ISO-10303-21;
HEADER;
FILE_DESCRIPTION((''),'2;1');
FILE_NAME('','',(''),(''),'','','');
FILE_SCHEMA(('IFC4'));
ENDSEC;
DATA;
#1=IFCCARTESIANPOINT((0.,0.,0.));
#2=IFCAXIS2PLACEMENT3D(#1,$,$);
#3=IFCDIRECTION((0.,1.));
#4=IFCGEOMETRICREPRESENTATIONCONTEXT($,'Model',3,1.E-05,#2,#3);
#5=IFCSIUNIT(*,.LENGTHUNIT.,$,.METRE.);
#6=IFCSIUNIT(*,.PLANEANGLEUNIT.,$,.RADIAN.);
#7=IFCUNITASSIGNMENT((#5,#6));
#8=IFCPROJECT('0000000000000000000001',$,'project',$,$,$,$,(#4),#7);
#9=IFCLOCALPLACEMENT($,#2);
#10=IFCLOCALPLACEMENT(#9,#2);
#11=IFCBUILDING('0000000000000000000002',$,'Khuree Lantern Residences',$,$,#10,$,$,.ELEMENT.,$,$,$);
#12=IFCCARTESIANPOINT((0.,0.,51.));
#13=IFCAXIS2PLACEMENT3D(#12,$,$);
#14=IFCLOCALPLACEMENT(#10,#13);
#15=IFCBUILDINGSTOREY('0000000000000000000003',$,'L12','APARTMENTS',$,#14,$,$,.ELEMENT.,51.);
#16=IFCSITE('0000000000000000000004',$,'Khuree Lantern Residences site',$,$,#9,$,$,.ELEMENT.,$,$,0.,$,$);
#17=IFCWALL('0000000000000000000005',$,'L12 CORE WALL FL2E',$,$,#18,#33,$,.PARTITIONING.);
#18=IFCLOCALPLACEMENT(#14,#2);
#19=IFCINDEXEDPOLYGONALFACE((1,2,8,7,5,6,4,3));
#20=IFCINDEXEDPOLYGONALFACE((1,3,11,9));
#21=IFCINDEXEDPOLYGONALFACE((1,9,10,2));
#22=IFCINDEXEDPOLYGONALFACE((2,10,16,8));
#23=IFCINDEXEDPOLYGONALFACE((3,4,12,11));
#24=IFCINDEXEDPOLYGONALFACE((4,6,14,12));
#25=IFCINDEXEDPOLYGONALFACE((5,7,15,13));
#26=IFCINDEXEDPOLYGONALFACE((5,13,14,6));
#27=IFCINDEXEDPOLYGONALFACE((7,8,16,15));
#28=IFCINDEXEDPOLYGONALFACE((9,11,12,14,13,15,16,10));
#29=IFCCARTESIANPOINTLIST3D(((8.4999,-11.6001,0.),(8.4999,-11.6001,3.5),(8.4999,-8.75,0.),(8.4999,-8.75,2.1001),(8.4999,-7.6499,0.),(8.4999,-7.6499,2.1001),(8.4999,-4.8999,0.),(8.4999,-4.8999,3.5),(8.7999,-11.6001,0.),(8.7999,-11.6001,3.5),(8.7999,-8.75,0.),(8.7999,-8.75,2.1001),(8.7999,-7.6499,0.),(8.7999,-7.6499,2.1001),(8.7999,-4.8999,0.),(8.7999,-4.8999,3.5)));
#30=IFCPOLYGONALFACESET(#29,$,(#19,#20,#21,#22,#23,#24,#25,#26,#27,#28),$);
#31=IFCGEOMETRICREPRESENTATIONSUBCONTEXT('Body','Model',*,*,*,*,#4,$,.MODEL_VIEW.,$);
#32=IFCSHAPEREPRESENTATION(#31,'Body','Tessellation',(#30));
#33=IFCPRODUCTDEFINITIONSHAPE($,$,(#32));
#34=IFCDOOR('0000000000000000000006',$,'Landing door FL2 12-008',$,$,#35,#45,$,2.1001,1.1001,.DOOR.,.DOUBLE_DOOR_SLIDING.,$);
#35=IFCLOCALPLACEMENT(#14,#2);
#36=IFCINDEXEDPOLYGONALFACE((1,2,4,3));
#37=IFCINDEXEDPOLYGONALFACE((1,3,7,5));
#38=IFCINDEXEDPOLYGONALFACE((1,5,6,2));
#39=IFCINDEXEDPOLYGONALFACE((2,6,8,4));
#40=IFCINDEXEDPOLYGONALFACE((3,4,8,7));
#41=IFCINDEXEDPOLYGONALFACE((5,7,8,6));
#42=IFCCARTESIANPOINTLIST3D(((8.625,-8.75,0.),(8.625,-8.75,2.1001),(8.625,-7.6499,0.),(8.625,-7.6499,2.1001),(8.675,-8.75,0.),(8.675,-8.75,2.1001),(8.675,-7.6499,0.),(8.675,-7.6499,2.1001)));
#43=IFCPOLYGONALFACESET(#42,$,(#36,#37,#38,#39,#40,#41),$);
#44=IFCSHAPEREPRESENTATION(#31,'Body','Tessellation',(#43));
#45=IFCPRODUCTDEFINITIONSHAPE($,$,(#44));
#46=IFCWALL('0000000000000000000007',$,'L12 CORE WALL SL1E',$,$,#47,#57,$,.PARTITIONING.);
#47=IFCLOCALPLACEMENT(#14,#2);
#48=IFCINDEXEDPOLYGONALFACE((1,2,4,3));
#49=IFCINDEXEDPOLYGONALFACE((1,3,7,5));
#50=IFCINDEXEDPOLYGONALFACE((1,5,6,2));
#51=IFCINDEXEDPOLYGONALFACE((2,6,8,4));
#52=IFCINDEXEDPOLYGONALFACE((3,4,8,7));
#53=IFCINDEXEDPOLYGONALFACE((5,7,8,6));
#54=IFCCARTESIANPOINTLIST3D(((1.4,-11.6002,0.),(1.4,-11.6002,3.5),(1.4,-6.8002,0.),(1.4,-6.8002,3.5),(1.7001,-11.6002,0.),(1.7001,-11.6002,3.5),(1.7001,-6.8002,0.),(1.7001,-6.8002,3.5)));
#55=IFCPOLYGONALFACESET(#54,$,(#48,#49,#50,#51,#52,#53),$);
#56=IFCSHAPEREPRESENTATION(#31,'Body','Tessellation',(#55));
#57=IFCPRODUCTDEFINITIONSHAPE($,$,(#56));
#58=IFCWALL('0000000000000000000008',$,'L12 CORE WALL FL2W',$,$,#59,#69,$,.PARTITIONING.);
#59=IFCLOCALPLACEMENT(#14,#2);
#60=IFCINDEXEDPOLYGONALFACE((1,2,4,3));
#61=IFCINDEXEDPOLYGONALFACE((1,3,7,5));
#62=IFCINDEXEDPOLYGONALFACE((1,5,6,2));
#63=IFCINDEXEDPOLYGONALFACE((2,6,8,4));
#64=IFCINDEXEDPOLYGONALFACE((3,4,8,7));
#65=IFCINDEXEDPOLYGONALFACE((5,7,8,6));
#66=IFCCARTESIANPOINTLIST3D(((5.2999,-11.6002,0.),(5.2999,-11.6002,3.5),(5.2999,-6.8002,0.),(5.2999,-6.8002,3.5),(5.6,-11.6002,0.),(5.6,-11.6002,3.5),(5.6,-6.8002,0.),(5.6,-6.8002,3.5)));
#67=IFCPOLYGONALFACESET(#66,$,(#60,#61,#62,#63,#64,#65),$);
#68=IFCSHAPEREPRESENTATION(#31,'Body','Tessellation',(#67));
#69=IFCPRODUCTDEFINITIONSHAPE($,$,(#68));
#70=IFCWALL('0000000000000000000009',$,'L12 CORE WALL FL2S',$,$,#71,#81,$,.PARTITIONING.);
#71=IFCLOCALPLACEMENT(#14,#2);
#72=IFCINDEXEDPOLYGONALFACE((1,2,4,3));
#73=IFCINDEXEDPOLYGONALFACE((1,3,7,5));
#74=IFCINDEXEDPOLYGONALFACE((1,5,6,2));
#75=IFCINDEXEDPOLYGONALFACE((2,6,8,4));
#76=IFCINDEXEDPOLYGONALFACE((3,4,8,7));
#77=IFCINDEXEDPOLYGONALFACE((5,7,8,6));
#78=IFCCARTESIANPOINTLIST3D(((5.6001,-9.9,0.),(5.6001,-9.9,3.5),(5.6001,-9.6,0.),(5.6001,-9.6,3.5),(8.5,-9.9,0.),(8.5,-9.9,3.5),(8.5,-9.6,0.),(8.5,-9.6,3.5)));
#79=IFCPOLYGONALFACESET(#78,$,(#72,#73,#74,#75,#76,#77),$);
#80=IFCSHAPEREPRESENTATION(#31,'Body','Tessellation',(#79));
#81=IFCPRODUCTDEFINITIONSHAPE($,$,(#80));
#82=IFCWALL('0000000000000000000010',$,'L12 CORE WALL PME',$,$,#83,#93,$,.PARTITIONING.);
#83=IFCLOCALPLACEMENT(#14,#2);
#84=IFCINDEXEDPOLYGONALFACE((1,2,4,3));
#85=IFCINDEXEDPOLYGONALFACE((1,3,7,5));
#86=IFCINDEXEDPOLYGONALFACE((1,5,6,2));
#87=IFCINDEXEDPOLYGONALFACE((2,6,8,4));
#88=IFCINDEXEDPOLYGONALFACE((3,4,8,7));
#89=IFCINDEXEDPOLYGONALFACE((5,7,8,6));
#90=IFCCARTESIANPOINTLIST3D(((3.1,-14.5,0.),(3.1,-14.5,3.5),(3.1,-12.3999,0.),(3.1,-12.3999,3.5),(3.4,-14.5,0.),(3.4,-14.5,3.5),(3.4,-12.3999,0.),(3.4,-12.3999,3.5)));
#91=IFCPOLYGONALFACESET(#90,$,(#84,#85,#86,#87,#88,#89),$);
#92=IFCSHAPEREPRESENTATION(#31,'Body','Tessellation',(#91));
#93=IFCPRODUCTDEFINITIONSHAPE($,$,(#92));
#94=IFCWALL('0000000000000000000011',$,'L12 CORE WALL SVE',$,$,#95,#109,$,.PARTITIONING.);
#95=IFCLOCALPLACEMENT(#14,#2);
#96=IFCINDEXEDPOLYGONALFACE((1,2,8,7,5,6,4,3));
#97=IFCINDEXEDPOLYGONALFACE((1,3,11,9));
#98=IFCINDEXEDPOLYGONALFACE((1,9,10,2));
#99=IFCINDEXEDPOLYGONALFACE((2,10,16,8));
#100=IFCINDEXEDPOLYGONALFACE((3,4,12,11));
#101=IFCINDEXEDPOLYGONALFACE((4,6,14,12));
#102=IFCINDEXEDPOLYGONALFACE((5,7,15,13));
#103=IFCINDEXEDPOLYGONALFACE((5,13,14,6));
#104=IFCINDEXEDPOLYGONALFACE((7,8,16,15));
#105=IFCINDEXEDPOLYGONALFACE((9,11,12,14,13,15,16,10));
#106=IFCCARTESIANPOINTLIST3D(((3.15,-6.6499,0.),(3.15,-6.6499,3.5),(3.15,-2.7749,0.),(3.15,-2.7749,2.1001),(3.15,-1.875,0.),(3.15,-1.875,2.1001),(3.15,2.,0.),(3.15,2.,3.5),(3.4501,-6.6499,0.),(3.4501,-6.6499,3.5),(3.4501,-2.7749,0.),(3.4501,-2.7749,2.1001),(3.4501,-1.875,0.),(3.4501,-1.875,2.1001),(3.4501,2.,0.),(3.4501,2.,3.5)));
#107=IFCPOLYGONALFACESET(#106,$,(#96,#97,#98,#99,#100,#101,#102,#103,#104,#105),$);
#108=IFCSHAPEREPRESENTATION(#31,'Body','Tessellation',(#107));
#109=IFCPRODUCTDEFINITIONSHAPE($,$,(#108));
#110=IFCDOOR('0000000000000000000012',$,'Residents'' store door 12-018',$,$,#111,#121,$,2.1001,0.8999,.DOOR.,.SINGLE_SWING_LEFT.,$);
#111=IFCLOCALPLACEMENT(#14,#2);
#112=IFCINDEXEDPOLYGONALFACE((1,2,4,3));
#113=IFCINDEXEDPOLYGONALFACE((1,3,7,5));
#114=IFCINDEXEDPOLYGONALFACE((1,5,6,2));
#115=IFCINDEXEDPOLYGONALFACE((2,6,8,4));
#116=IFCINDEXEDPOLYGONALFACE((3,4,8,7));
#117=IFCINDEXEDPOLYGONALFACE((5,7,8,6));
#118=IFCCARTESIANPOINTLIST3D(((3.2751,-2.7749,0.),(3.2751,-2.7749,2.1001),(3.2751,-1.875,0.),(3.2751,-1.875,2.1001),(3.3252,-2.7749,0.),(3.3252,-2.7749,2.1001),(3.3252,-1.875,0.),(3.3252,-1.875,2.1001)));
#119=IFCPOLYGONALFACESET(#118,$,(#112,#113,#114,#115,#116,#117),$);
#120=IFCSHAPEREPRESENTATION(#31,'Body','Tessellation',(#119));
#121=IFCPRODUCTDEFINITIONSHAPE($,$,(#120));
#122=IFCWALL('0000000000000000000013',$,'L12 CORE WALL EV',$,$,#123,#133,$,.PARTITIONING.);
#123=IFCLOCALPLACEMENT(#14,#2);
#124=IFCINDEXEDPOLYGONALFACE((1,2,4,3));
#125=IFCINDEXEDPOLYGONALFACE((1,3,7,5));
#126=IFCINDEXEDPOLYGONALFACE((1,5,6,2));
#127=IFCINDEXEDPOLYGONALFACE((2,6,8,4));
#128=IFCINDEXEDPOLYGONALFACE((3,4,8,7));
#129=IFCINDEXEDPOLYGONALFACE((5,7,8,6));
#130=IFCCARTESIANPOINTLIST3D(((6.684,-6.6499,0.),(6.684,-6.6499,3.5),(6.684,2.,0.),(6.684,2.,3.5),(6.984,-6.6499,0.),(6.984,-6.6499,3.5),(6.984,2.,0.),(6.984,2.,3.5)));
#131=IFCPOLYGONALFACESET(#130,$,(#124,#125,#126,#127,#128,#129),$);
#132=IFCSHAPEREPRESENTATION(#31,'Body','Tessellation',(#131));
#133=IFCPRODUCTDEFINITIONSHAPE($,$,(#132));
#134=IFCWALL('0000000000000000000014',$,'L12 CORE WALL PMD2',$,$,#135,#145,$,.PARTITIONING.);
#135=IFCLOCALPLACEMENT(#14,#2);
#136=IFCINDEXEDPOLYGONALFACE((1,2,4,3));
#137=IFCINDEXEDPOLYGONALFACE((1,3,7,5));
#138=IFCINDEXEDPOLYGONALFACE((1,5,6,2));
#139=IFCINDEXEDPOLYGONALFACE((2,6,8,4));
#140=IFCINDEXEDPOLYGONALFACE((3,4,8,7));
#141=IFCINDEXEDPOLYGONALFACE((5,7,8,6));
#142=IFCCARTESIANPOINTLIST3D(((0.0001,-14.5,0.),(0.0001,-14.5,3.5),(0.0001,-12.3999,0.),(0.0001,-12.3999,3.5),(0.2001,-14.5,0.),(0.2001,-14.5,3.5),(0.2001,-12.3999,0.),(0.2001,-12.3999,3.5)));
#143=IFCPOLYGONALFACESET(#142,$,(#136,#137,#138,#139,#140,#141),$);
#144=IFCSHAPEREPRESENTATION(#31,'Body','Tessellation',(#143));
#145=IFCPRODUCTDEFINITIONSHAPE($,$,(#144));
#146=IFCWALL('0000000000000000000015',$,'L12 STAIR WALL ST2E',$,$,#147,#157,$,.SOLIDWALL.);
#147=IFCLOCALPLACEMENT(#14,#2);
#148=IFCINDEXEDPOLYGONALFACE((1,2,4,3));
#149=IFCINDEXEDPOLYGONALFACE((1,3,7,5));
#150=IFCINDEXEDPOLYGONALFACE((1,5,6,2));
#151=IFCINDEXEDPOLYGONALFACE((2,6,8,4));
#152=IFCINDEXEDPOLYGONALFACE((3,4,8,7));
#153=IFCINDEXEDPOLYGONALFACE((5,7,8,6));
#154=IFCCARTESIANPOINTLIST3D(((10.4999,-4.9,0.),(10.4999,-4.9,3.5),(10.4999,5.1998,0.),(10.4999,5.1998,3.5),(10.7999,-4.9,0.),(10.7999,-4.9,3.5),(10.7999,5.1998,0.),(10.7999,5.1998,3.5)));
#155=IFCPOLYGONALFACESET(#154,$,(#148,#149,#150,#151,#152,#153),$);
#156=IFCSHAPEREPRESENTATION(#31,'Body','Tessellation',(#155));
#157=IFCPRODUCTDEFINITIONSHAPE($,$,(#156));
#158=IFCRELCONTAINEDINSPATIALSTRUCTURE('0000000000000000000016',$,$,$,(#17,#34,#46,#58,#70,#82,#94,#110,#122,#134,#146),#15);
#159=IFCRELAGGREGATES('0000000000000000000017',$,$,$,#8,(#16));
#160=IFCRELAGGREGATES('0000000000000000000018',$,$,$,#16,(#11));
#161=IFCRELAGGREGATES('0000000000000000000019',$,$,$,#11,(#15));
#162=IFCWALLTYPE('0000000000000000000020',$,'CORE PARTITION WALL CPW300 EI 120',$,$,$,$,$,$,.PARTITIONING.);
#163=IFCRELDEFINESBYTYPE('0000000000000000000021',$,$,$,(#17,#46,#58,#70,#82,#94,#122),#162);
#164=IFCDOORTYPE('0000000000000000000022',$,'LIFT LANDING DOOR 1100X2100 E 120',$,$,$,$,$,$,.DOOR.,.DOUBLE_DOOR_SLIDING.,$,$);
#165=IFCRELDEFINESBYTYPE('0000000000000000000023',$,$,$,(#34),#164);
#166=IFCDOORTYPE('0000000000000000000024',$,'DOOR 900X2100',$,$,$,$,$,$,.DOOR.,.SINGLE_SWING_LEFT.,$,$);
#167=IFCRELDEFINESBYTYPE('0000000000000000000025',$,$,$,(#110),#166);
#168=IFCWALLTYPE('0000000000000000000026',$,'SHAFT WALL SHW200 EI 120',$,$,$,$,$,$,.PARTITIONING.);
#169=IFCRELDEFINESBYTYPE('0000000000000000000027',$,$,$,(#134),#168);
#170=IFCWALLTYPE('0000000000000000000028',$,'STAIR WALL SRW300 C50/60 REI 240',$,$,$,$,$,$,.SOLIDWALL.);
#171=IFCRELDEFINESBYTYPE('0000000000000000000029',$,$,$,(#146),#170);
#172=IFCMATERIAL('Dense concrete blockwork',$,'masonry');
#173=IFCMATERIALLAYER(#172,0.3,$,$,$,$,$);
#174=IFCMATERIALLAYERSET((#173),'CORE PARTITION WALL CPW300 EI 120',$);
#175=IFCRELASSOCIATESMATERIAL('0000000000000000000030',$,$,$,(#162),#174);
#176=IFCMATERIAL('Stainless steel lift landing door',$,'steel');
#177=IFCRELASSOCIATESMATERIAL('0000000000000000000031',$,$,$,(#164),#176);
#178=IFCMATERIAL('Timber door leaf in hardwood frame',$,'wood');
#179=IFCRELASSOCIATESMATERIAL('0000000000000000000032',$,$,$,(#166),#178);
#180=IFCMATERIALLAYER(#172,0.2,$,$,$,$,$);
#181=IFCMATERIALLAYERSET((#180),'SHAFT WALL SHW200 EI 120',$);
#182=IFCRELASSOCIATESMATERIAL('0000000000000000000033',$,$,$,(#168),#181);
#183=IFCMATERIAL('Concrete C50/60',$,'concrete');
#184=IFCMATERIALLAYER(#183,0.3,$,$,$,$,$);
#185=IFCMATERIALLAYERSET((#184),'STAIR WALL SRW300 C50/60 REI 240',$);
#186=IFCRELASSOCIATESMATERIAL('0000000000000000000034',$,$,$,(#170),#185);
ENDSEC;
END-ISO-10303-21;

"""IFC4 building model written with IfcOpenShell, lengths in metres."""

from ifc_helpers import new_model, si_unit, direction, frame, frame_2d, origin, place, context, subcontext, project, spatial, rectangle, extrude, material, layer, layer_set, type_object, element, fill, save


model = new_model("IFC4")

# Units and contexts
model_context = context("Model", 3, precision=1e-05, world=origin(), true_north=direction((0.0, 1.0)))
body_context = subcontext(model_context, "Body", "Model", "MODEL_VIEW")
ifc_project = project(units=[si_unit("LENGTHUNIT", "METRE"), si_unit("PLANEANGLEUNIT", "RADIAN")], contexts=[model_context])

# Site, building, storey
site_placement = place(None, origin())
site = spatial("IfcSite", under=ifc_project, at=site_placement, Name="Khuree Lantern Residences site", CompositionType="ELEMENT", RefElevation=0.0)
building_placement = place(site_placement, origin())
building = spatial("IfcBuilding", under=site, at=building_placement, Name="Khuree Lantern Residences", CompositionType="ELEMENT")
storey_placement = place(building_placement, frame((0.0, 0.0, 51.0)))
storey = spatial("IfcBuildingStorey", under=building, at=storey_placement, Name="L12", Description="APARTMENTS", CompositionType="ELEMENT", Elevation=51.0)

# Wall, opening, door
ifc_material_1 = material(Name="Dense concrete blockwork", Category="masonry")
ifc_layer_1 = layer(ifc_material_1, 0.3)
ifc_layer_set_1 = layer_set([ifc_layer_1], Name="CORE PARTITION WALL CPW300 EI 120")
wall_type_1 = type_object("IfcWallType", Name="CORE PARTITION WALL CPW300 EI 120", PredefinedType="PARTITIONING", material=ifc_layer_set_1)
wall_1_placement = place(storey_placement, frame((8.6499, -11.6001, 0.0), z_axis=(0.0, 0.0, 1.0), x_axis=(0.0, 1.0, 0.0)))
wall_1 = element("IfcWall", 1, at=wall_1_placement, inside=storey, type_object=wall_type_1, Name="L12 CORE WALL FL2E", PredefinedType="PARTITIONING", context=body_context, shape_type="SweptSolid", body=[
    extrude(rectangle(XDim=6.7002, YDim=0.3, at=frame_2d((3.3501, 0.0))), origin(), (0.0, 0.0, 1.0), 3.5),
])
opening_1_placement = place(wall_1_placement, frame((2.8501, 0.0, 0.0)))
opening_1 = element("IfcOpeningElement", 2, at=opening_1_placement, cuts=wall_1, PredefinedType="OPENING", context=body_context, shape_type="SweptSolid", body=[
    extrude(rectangle(XDim=1.1001, YDim=2.1001, at=frame_2d((0.55, 1.05))), frame((0.0, 0.1602, 0.0), z_axis=(0.0, -1.0, 0.0), x_axis=(1.0, 0.0, 0.0)), (0.0, 0.0, 1.0), 0.3201),
])
ifc_material_2 = material(Name="Stainless steel lift landing door", Category="steel")
door_type_1 = type_object("IfcDoorType", Name="LIFT LANDING DOOR 1100X2100 E 120", OperationType="DOUBLE_DOOR_SLIDING", PredefinedType="DOOR", material=ifc_material_2)
door_1_placement = place(opening_1_placement, origin())
door_1 = element("IfcDoor", 3, at=door_1_placement, inside=storey, type_object=door_type_1, Name="Landing door FL2 12-008", OperationType="DOUBLE_DOOR_SLIDING", OverallHeight=2.1001, OverallWidth=1.1001, PredefinedType="DOOR", context=body_context, shape_type="SweptSolid", body=[
    extrude(rectangle(XDim=1.1001, YDim=2.1001, at=frame_2d((0.55, 1.05))), frame((0.0, 0.0249, 0.0), z_axis=(0.0, -1.0, 0.0), x_axis=(1.0, 0.0, 0.0)), (0.0, 0.0, 1.0), 0.05),
])
fill(opening_1, door_1)

# Walls
for number, where, z_axis, x_axis, name in (
    (4, (1.55, -11.6001, 0.0), (0.0, 0.0, 1.0), (0.0, 1.0, 0.0), "L12 CORE WALL SL1E"),
    (5, (5.45, -11.6001, 0.0), (0.0, 0.0, 1.0), (0.0, 1.0, 0.0), "L12 CORE WALL FL2W"),
):
    element("IfcWall", number, at=place(storey_placement, frame(where, z_axis=z_axis, x_axis=x_axis)), inside=storey, type_object=wall_type_1, Name=name, PredefinedType="PARTITIONING", context=body_context, shape_type="SweptSolid", body=[
        extrude(rectangle(XDim=4.8, YDim=0.3, at=frame_2d((2.3999, 0.0))), origin(), (0.0, 0.0, 1.0), 3.5),
    ])
wall_2_placement = place(storey_placement, frame((5.6001, -9.75, 0.0), z_axis=(0.0, 0.0, 1.0), x_axis=(1.0, 0.0, 0.0)))
element("IfcWall", 6, at=wall_2_placement, inside=storey, type_object=wall_type_1, Name="L12 CORE WALL FL2S", PredefinedType="PARTITIONING", context=body_context, shape_type="SweptSolid", body=[
    extrude(rectangle(XDim=2.8999, YDim=0.3, at=frame_2d((1.45, 0.0))), origin(), (0.0, 0.0, 1.0), 3.5),
])
wall_3_placement = place(storey_placement, frame((3.25, -14.5, 0.0), z_axis=(0.0, 0.0, 1.0), x_axis=(0.0, 1.0, 0.0)))
element("IfcWall", 7, at=wall_3_placement, inside=storey, type_object=wall_type_1, Name="L12 CORE WALL PME", PredefinedType="PARTITIONING", context=body_context, shape_type="SweptSolid", body=[
    extrude(rectangle(XDim=2.1001, YDim=0.3, at=frame_2d((1.05, 0.0))), origin(), (0.0, 0.0, 1.0), 3.5),
])

# Wall, opening, door
wall_4_placement = place(storey_placement, frame((3.3, -6.6499, 0.0), z_axis=(0.0, 0.0, 1.0), x_axis=(0.0, 1.0, 0.0)))
wall_4 = element("IfcWall", 8, at=wall_4_placement, inside=storey, type_object=wall_type_1, Name="L12 CORE WALL SVE", PredefinedType="PARTITIONING", context=body_context, shape_type="SweptSolid", body=[
    extrude(rectangle(XDim=8.6499, YDim=0.3, at=frame_2d((4.325, 0.0))), origin(), (0.0, 0.0, 1.0), 3.5),
])
opening_2_placement = place(wall_4_placement, frame((3.875, 0.0, 0.0)))
opening_2 = element("IfcOpeningElement", 9, at=opening_2_placement, cuts=wall_4, PredefinedType="OPENING", context=body_context, shape_type="SweptSolid", body=[
    extrude(rectangle(XDim=0.8999, YDim=2.1001, at=frame_2d((0.45, 1.05))), frame((0.0, 0.1602, 0.0), z_axis=(0.0, -1.0, 0.0), x_axis=(1.0, 0.0, 0.0)), (0.0, 0.0, 1.0), 0.3201),
])
ifc_material_3 = material(Name="Timber door leaf in hardwood frame", Category="wood")
door_type_2 = type_object("IfcDoorType", Name="DOOR 900X2100", OperationType="SINGLE_SWING_LEFT", PredefinedType="DOOR", material=ifc_material_3)
door_2_placement = place(opening_2_placement, origin())
door_2 = element("IfcDoor", 10, at=door_2_placement, inside=storey, type_object=door_type_2, Name="Residents' store door 12-018", OperationType="SINGLE_SWING_LEFT", OverallHeight=2.1001, OverallWidth=0.8999, PredefinedType="DOOR", context=body_context, shape_type="SweptSolid", body=[
    extrude(rectangle(XDim=0.8999, YDim=2.1001, at=frame_2d((0.45, 1.05))), frame((0.0, 0.0249, 0.0), z_axis=(0.0, -1.0, 0.0), x_axis=(1.0, 0.0, 0.0)), (0.0, 0.0, 1.0), 0.05),
])
fill(opening_2, door_2)

# Walls
wall_5_placement = place(storey_placement, frame((6.834, -6.6499, 0.0), z_axis=(0.0, 0.0, 1.0), x_axis=(0.0, 1.0, 0.0)))
element("IfcWall", 11, at=wall_5_placement, inside=storey, type_object=wall_type_1, Name="L12 CORE WALL EV", PredefinedType="PARTITIONING", context=body_context, shape_type="SweptSolid", body=[
    extrude(rectangle(XDim=8.6499, YDim=0.3, at=frame_2d((4.325, 0.0))), origin(), (0.0, 0.0, 1.0), 3.5),
])
ifc_layer_2 = layer(ifc_material_1, 0.2)
ifc_layer_set_2 = layer_set([ifc_layer_2], Name="SHAFT WALL SHW200 EI 120")
wall_type_2 = type_object("IfcWallType", Name="SHAFT WALL SHW200 EI 120", PredefinedType="PARTITIONING", material=ifc_layer_set_2)
wall_6_placement = place(storey_placement, frame((0.1001, -14.5, 0.0), z_axis=(0.0, 0.0, 1.0), x_axis=(0.0, 1.0, 0.0)))
element("IfcWall", 12, at=wall_6_placement, inside=storey, type_object=wall_type_2, Name="L12 CORE WALL PMD2", PredefinedType="PARTITIONING", context=body_context, shape_type="SweptSolid", body=[
    extrude(rectangle(XDim=2.1001, YDim=0.2, at=frame_2d((1.05, 0.0))), origin(), (0.0, 0.0, 1.0), 3.5),
])
ifc_material_4 = material(Name="Concrete C50/60", Category="concrete")
ifc_layer_3 = layer(ifc_material_4, 0.3)
ifc_layer_set_3 = layer_set([ifc_layer_3], Name="STAIR WALL SRW300 C50/60 REI 240")
wall_type_3 = type_object("IfcWallType", Name="STAIR WALL SRW300 C50/60 REI 240", PredefinedType="SOLIDWALL", material=ifc_layer_set_3)
wall_7_placement = place(storey_placement, frame((10.6499, -4.8999, 0.0), z_axis=(0.0, 0.0, 1.0), x_axis=(0.0, 1.0, 0.0)))
element("IfcWall", 13, at=wall_7_placement, inside=storey, type_object=wall_type_3, Name="L12 STAIR WALL ST2E", PredefinedType="SOLIDWALL", context=body_context, shape_type="SweptSolid", body=[
    extrude(rectangle(XDim=10.0999, YDim=0.3, at=frame_2d((5.0498, 0.0))), origin(), (0.0, 0.0, 1.0), 3.5),
])

save(model, "model.ifc")
